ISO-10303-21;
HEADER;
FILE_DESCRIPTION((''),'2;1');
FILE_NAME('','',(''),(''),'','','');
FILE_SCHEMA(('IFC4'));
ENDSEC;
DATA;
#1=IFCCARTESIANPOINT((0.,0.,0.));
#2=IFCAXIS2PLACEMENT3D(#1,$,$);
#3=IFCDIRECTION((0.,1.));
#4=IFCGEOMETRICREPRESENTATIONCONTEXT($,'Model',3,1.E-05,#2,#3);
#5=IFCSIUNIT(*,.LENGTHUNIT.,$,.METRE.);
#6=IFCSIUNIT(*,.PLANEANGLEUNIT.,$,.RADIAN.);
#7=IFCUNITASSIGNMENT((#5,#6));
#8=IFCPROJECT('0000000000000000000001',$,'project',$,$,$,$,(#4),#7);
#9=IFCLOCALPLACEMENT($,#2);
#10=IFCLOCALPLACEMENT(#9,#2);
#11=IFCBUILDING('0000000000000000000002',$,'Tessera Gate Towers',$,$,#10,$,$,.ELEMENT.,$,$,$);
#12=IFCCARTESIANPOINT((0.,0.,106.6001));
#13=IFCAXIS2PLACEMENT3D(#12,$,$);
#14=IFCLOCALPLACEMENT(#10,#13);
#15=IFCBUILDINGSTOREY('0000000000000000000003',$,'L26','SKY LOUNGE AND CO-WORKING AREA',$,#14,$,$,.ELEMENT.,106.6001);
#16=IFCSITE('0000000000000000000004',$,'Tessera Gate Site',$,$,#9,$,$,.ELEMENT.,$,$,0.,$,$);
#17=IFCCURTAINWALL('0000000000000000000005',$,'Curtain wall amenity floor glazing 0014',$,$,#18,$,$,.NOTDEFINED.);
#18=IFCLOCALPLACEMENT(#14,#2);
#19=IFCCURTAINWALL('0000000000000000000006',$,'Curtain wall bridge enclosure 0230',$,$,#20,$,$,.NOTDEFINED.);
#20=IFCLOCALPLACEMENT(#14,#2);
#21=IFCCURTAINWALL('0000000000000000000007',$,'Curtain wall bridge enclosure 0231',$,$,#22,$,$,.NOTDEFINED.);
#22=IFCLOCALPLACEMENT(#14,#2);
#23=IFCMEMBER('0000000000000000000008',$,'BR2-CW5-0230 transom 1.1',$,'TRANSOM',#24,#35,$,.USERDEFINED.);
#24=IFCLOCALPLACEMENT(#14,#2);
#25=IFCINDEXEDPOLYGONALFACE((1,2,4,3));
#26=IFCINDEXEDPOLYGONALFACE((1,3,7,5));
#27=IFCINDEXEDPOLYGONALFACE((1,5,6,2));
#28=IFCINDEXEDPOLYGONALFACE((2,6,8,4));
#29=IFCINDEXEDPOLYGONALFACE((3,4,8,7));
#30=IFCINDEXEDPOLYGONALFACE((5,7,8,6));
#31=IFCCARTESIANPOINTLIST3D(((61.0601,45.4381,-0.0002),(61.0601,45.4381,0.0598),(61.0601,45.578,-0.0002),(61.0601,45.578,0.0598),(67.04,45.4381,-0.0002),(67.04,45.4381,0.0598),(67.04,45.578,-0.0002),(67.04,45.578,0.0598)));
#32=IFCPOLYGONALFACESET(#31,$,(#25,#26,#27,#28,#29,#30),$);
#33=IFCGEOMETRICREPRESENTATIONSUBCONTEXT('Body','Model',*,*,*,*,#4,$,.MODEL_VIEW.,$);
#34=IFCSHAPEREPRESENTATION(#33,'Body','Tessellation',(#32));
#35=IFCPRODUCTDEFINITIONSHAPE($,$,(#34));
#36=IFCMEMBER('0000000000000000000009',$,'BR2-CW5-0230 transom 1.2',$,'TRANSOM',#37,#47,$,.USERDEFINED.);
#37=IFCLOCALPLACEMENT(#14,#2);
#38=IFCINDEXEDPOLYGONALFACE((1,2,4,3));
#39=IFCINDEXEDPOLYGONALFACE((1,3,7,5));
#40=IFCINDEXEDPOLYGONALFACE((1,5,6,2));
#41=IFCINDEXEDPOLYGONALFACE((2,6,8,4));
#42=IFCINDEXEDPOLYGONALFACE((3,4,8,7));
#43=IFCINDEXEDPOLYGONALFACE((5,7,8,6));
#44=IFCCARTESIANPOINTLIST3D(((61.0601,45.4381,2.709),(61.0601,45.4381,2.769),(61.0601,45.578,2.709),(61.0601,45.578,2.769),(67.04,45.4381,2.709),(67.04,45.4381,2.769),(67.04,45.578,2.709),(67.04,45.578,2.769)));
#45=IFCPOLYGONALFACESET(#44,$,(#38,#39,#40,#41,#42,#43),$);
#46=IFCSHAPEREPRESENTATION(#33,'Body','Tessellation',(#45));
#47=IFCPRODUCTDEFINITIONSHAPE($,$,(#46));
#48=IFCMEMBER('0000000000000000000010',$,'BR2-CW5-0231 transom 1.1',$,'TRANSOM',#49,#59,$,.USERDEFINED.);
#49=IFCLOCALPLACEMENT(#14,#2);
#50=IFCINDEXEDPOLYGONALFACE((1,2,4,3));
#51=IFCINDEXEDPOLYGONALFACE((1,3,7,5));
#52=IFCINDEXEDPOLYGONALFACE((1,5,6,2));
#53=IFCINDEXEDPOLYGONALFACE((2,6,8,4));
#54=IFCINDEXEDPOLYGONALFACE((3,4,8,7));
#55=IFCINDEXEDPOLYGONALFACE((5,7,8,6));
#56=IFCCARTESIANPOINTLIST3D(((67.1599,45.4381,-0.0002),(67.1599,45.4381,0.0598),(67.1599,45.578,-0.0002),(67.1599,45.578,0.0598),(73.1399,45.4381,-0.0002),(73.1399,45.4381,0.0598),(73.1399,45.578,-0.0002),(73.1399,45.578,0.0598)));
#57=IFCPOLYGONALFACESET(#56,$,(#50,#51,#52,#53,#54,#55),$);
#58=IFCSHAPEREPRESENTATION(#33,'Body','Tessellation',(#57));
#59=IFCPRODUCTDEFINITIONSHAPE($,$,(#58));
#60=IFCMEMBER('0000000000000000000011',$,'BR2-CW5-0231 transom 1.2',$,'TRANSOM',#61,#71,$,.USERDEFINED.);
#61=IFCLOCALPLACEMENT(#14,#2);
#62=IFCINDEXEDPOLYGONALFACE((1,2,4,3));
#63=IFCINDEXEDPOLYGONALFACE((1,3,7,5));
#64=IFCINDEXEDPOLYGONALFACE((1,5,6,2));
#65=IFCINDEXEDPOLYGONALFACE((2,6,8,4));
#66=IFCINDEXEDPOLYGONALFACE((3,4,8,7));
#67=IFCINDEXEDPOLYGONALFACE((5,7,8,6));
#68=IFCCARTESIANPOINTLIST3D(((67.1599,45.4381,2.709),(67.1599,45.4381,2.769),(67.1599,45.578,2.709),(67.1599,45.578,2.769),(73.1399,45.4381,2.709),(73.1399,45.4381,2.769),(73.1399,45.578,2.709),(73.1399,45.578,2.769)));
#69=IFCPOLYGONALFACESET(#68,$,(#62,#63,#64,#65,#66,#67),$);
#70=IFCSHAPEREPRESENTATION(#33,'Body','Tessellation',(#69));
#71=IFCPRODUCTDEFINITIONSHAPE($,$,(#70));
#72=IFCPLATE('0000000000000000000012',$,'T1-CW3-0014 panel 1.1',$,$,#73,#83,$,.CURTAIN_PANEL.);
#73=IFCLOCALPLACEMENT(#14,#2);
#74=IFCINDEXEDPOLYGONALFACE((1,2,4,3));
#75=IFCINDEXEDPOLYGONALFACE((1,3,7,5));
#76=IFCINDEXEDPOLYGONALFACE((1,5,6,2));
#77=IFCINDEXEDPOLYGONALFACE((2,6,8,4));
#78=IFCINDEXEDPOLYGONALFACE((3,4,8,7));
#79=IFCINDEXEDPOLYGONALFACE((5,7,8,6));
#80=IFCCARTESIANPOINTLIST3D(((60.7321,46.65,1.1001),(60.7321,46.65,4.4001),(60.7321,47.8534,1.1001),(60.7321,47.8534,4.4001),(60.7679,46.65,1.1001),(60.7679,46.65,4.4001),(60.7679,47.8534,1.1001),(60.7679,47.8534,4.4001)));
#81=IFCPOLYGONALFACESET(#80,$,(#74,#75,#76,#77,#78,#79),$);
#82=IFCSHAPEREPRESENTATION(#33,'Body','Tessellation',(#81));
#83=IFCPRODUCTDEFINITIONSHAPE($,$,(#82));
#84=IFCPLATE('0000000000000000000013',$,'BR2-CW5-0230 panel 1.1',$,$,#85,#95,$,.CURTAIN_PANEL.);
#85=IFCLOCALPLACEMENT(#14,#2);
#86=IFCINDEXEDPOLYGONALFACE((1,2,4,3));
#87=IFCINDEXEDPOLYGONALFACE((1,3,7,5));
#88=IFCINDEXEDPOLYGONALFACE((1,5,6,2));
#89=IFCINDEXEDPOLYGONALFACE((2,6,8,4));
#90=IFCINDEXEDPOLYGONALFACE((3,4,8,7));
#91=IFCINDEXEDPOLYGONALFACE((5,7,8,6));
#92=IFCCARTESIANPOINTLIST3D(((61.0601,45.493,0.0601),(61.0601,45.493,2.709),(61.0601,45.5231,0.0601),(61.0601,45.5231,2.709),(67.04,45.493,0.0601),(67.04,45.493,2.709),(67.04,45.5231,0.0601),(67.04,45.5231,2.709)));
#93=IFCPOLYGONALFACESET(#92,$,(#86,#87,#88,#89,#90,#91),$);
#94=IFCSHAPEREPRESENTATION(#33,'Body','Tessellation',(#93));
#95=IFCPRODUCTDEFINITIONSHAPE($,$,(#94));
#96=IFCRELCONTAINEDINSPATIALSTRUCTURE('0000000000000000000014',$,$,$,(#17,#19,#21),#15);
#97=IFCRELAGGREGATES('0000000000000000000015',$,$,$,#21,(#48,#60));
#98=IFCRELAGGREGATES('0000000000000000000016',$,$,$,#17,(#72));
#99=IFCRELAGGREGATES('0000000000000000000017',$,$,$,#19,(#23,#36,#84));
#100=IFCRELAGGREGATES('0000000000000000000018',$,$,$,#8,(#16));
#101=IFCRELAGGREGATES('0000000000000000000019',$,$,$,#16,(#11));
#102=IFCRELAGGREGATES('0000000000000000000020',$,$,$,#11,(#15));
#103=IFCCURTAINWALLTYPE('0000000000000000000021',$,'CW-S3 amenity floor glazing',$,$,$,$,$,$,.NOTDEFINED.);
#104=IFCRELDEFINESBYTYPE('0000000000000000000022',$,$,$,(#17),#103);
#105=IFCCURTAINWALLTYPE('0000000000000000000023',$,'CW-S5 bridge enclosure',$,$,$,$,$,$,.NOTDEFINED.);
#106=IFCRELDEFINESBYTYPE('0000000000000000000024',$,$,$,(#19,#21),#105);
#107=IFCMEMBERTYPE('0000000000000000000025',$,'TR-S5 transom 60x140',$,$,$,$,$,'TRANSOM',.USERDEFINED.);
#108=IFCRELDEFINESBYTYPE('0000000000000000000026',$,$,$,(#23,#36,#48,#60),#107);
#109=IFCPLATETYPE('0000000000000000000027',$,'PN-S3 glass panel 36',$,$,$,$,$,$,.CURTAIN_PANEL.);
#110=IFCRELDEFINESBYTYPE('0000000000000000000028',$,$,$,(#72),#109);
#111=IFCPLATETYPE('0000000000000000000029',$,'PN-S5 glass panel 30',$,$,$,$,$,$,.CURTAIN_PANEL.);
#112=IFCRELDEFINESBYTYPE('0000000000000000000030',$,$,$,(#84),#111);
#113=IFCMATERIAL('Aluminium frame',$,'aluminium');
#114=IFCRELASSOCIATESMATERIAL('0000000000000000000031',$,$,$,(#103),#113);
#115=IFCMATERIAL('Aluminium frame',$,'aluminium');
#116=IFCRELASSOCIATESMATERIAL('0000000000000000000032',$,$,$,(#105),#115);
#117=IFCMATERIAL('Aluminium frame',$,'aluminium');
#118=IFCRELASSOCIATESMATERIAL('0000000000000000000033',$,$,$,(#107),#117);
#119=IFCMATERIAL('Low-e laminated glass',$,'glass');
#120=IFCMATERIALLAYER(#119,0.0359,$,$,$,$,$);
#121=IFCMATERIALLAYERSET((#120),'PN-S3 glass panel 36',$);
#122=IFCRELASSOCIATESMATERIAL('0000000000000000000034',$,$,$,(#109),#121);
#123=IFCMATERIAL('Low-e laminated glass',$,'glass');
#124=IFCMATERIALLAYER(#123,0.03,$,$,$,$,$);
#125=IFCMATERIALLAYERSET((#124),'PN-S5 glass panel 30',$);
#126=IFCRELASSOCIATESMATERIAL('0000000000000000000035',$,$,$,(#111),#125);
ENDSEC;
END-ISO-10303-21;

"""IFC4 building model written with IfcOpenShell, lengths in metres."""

from ifc_helpers import new_model, si_unit, direction, frame, origin, origin_2d, place, context, subcontext, project, spatial, rectangle, extrude, material, layer, layer_set, material_profile, profile_set, type_object, element, aggregate, save


model = new_model("IFC4")

# Units and contexts
model_context = context("Model", 3, precision=1e-05, world=origin(), true_north=direction((0.0, 1.0)))
body_context = subcontext(model_context, "Body", "Model", "MODEL_VIEW")
ifc_project = project(units=[si_unit("LENGTHUNIT", "METRE"), si_unit("PLANEANGLEUNIT", "RADIAN")], contexts=[model_context])

# Site, building, storey
site_placement = place(None, origin())
site = spatial("IfcSite", under=ifc_project, at=site_placement, Name="Tessera Gate Site", CompositionType="ELEMENT", RefElevation=0.0)
building_placement = place(site_placement, origin())
building = spatial("IfcBuilding", under=site, at=building_placement, Name="Tessera Gate Towers", CompositionType="ELEMENT")
storey_placement = place(building_placement, frame((0.0, 0.0, 106.6001)))
storey = spatial("IfcBuildingStorey", under=building, at=storey_placement, Name="L26", Description="SKY LOUNGE AND CO-WORKING AREA", CompositionType="ELEMENT", Elevation=106.6001)

# Curtain wall
ifc_material_1 = material(Name="Aluminium frame", Category="aluminium")
curtain_wall_type_1 = type_object("IfcCurtainWallType", Name="CW-S3 amenity floor glazing", PredefinedType="NOTDEFINED", material=ifc_material_1)
curtain_wall_1_placement = place(storey_placement, origin())
curtain_wall_1 = element("IfcCurtainWall", 1, at=curtain_wall_1_placement, inside=storey, type_object=curtain_wall_type_1, Name="Curtain wall amenity floor glazing 0014", PredefinedType="NOTDEFINED")

# Curtain wall
ifc_material_2 = material(Name="Aluminium frame", Category="aluminium")
curtain_wall_type_2 = type_object("IfcCurtainWallType", Name="CW-S5 bridge enclosure", PredefinedType="NOTDEFINED", material=ifc_material_2)
curtain_wall_2_placement = place(storey_placement, origin())
curtain_wall_2 = element("IfcCurtainWall", 2, at=curtain_wall_2_placement, inside=storey, type_object=curtain_wall_type_2, Name="Curtain wall bridge enclosure 0230", PredefinedType="NOTDEFINED")

# Curtain wall
curtain_wall_3_placement = place(storey_placement, origin())
curtain_wall_3 = element("IfcCurtainWall", 3, at=curtain_wall_3_placement, inside=storey, type_object=curtain_wall_type_2, Name="Curtain wall bridge enclosure 0231", PredefinedType="NOTDEFINED")

# Members
ifc_material_3 = material(Name="Aluminium frame", Category="aluminium")
ifc_material_profile_1 = material_profile(ifc_material_3, rectangle(XDim=0.1399, YDim=0.0601, at=origin_2d()), Name="AL 60x140")
ifc_profile_set_1 = profile_set([ifc_material_profile_1], Name="Aluminium frame")
member_type_1 = type_object("IfcMemberType", Name="TR-S5 transom 60x140", ElementType="TRANSOM", PredefinedType="USERDEFINED", material=ifc_profile_set_1)
member_1_placement = place(storey_placement, frame((61.0601, 45.5081, 0.0298), z_axis=(1.0, 0.0, 0.0), x_axis=(0.0, 1.0, 0.0)))
member_1 = element("IfcMember", 4, at=member_1_placement, type_object=member_type_1, Name="BR2-CW5-0230 transom 1.1", ObjectType="TRANSOM", PredefinedType="USERDEFINED", context=body_context, shape_type="SweptSolid", body=[
    extrude(rectangle(XDim=0.1399, YDim=0.0601, at=origin_2d()), origin(), (0.0, 0.0, 1.0), 5.98),
])
member_2_placement = place(storey_placement, frame((61.0601, 45.5081, 2.739), z_axis=(1.0, 0.0, 0.0), x_axis=(0.0, 1.0, 0.0)))
member_2 = element("IfcMember", 5, at=member_2_placement, type_object=member_type_1, Name="BR2-CW5-0230 transom 1.2", ObjectType="TRANSOM", PredefinedType="USERDEFINED", context=body_context, shape_type="SweptSolid", body=[
    extrude(rectangle(XDim=0.1399, YDim=0.0601, at=origin_2d()), origin(), (0.0, 0.0, 1.0), 5.98),
])
member_3_placement = place(storey_placement, frame((67.1599, 45.5081, 0.0298), z_axis=(1.0, 0.0, 0.0), x_axis=(0.0, 1.0, 0.0)))
member_3 = element("IfcMember", 6, at=member_3_placement, type_object=member_type_1, Name="BR2-CW5-0231 transom 1.1", ObjectType="TRANSOM", PredefinedType="USERDEFINED", context=body_context, shape_type="SweptSolid", body=[
    extrude(rectangle(XDim=0.1399, YDim=0.0601, at=origin_2d()), origin(), (0.0, 0.0, 1.0), 5.98),
])
member_4_placement = place(storey_placement, frame((67.1599, 45.5081, 2.739), z_axis=(1.0, 0.0, 0.0), x_axis=(0.0, 1.0, 0.0)))
member_4 = element("IfcMember", 7, at=member_4_placement, type_object=member_type_1, Name="BR2-CW5-0231 transom 1.2", ObjectType="TRANSOM", PredefinedType="USERDEFINED", context=body_context, shape_type="SweptSolid", body=[
    extrude(rectangle(XDim=0.1399, YDim=0.0601, at=origin_2d()), origin(), (0.0, 0.0, 1.0), 5.98),
])
aggregate(curtain_wall_3, [member_3, member_4])

# Plates
ifc_material_4 = material(Name="Low-e laminated glass", Category="glass")
ifc_layer_1 = layer(ifc_material_4, 0.0359)
ifc_layer_set_1 = layer_set([ifc_layer_1], Name="PN-S3 glass panel 36")
plate_type_1 = type_object("IfcPlateType", Name="PN-S3 glass panel 36", PredefinedType="CURTAIN_PANEL", material=ifc_layer_set_1)
plate_1_placement = place(storey_placement, frame((60.75, 47.2517, 1.1001), z_axis=(0.0, 0.0, 1.0), x_axis=(0.0, 1.0, 0.0)))
plate_1 = element("IfcPlate", 8, at=plate_1_placement, type_object=plate_type_1, Name="T1-CW3-0014 panel 1.1", PredefinedType="CURTAIN_PANEL", context=body_context, shape_type="SweptSolid", body=[
    extrude(rectangle(XDim=1.2034, YDim=0.0359, at=origin_2d()), origin(), (0.0, 0.0, 1.0), 3.3),
])
aggregate(curtain_wall_1, [plate_1])
ifc_material_5 = material(Name="Low-e laminated glass", Category="glass")
ifc_layer_2 = layer(ifc_material_5, 0.03)
ifc_layer_set_2 = layer_set([ifc_layer_2], Name="PN-S5 glass panel 30")
plate_type_2 = type_object("IfcPlateType", Name="PN-S5 glass panel 30", PredefinedType="CURTAIN_PANEL", material=ifc_layer_set_2)
plate_2_placement = place(storey_placement, frame((64.05, 45.5081, 0.0601), z_axis=(0.0, 0.0, 1.0), x_axis=(1.0, 0.0, 0.0)))
plate_2 = element("IfcPlate", 9, at=plate_2_placement, type_object=plate_type_2, Name="BR2-CW5-0230 panel 1.1", PredefinedType="CURTAIN_PANEL", context=body_context, shape_type="SweptSolid", body=[
    extrude(rectangle(XDim=5.98, YDim=0.03, at=origin_2d()), origin(), (0.0, 0.0, 1.0), 2.6489),
])
aggregate(curtain_wall_2, [member_1, member_2, plate_2])

save(model, "model.ifc")
